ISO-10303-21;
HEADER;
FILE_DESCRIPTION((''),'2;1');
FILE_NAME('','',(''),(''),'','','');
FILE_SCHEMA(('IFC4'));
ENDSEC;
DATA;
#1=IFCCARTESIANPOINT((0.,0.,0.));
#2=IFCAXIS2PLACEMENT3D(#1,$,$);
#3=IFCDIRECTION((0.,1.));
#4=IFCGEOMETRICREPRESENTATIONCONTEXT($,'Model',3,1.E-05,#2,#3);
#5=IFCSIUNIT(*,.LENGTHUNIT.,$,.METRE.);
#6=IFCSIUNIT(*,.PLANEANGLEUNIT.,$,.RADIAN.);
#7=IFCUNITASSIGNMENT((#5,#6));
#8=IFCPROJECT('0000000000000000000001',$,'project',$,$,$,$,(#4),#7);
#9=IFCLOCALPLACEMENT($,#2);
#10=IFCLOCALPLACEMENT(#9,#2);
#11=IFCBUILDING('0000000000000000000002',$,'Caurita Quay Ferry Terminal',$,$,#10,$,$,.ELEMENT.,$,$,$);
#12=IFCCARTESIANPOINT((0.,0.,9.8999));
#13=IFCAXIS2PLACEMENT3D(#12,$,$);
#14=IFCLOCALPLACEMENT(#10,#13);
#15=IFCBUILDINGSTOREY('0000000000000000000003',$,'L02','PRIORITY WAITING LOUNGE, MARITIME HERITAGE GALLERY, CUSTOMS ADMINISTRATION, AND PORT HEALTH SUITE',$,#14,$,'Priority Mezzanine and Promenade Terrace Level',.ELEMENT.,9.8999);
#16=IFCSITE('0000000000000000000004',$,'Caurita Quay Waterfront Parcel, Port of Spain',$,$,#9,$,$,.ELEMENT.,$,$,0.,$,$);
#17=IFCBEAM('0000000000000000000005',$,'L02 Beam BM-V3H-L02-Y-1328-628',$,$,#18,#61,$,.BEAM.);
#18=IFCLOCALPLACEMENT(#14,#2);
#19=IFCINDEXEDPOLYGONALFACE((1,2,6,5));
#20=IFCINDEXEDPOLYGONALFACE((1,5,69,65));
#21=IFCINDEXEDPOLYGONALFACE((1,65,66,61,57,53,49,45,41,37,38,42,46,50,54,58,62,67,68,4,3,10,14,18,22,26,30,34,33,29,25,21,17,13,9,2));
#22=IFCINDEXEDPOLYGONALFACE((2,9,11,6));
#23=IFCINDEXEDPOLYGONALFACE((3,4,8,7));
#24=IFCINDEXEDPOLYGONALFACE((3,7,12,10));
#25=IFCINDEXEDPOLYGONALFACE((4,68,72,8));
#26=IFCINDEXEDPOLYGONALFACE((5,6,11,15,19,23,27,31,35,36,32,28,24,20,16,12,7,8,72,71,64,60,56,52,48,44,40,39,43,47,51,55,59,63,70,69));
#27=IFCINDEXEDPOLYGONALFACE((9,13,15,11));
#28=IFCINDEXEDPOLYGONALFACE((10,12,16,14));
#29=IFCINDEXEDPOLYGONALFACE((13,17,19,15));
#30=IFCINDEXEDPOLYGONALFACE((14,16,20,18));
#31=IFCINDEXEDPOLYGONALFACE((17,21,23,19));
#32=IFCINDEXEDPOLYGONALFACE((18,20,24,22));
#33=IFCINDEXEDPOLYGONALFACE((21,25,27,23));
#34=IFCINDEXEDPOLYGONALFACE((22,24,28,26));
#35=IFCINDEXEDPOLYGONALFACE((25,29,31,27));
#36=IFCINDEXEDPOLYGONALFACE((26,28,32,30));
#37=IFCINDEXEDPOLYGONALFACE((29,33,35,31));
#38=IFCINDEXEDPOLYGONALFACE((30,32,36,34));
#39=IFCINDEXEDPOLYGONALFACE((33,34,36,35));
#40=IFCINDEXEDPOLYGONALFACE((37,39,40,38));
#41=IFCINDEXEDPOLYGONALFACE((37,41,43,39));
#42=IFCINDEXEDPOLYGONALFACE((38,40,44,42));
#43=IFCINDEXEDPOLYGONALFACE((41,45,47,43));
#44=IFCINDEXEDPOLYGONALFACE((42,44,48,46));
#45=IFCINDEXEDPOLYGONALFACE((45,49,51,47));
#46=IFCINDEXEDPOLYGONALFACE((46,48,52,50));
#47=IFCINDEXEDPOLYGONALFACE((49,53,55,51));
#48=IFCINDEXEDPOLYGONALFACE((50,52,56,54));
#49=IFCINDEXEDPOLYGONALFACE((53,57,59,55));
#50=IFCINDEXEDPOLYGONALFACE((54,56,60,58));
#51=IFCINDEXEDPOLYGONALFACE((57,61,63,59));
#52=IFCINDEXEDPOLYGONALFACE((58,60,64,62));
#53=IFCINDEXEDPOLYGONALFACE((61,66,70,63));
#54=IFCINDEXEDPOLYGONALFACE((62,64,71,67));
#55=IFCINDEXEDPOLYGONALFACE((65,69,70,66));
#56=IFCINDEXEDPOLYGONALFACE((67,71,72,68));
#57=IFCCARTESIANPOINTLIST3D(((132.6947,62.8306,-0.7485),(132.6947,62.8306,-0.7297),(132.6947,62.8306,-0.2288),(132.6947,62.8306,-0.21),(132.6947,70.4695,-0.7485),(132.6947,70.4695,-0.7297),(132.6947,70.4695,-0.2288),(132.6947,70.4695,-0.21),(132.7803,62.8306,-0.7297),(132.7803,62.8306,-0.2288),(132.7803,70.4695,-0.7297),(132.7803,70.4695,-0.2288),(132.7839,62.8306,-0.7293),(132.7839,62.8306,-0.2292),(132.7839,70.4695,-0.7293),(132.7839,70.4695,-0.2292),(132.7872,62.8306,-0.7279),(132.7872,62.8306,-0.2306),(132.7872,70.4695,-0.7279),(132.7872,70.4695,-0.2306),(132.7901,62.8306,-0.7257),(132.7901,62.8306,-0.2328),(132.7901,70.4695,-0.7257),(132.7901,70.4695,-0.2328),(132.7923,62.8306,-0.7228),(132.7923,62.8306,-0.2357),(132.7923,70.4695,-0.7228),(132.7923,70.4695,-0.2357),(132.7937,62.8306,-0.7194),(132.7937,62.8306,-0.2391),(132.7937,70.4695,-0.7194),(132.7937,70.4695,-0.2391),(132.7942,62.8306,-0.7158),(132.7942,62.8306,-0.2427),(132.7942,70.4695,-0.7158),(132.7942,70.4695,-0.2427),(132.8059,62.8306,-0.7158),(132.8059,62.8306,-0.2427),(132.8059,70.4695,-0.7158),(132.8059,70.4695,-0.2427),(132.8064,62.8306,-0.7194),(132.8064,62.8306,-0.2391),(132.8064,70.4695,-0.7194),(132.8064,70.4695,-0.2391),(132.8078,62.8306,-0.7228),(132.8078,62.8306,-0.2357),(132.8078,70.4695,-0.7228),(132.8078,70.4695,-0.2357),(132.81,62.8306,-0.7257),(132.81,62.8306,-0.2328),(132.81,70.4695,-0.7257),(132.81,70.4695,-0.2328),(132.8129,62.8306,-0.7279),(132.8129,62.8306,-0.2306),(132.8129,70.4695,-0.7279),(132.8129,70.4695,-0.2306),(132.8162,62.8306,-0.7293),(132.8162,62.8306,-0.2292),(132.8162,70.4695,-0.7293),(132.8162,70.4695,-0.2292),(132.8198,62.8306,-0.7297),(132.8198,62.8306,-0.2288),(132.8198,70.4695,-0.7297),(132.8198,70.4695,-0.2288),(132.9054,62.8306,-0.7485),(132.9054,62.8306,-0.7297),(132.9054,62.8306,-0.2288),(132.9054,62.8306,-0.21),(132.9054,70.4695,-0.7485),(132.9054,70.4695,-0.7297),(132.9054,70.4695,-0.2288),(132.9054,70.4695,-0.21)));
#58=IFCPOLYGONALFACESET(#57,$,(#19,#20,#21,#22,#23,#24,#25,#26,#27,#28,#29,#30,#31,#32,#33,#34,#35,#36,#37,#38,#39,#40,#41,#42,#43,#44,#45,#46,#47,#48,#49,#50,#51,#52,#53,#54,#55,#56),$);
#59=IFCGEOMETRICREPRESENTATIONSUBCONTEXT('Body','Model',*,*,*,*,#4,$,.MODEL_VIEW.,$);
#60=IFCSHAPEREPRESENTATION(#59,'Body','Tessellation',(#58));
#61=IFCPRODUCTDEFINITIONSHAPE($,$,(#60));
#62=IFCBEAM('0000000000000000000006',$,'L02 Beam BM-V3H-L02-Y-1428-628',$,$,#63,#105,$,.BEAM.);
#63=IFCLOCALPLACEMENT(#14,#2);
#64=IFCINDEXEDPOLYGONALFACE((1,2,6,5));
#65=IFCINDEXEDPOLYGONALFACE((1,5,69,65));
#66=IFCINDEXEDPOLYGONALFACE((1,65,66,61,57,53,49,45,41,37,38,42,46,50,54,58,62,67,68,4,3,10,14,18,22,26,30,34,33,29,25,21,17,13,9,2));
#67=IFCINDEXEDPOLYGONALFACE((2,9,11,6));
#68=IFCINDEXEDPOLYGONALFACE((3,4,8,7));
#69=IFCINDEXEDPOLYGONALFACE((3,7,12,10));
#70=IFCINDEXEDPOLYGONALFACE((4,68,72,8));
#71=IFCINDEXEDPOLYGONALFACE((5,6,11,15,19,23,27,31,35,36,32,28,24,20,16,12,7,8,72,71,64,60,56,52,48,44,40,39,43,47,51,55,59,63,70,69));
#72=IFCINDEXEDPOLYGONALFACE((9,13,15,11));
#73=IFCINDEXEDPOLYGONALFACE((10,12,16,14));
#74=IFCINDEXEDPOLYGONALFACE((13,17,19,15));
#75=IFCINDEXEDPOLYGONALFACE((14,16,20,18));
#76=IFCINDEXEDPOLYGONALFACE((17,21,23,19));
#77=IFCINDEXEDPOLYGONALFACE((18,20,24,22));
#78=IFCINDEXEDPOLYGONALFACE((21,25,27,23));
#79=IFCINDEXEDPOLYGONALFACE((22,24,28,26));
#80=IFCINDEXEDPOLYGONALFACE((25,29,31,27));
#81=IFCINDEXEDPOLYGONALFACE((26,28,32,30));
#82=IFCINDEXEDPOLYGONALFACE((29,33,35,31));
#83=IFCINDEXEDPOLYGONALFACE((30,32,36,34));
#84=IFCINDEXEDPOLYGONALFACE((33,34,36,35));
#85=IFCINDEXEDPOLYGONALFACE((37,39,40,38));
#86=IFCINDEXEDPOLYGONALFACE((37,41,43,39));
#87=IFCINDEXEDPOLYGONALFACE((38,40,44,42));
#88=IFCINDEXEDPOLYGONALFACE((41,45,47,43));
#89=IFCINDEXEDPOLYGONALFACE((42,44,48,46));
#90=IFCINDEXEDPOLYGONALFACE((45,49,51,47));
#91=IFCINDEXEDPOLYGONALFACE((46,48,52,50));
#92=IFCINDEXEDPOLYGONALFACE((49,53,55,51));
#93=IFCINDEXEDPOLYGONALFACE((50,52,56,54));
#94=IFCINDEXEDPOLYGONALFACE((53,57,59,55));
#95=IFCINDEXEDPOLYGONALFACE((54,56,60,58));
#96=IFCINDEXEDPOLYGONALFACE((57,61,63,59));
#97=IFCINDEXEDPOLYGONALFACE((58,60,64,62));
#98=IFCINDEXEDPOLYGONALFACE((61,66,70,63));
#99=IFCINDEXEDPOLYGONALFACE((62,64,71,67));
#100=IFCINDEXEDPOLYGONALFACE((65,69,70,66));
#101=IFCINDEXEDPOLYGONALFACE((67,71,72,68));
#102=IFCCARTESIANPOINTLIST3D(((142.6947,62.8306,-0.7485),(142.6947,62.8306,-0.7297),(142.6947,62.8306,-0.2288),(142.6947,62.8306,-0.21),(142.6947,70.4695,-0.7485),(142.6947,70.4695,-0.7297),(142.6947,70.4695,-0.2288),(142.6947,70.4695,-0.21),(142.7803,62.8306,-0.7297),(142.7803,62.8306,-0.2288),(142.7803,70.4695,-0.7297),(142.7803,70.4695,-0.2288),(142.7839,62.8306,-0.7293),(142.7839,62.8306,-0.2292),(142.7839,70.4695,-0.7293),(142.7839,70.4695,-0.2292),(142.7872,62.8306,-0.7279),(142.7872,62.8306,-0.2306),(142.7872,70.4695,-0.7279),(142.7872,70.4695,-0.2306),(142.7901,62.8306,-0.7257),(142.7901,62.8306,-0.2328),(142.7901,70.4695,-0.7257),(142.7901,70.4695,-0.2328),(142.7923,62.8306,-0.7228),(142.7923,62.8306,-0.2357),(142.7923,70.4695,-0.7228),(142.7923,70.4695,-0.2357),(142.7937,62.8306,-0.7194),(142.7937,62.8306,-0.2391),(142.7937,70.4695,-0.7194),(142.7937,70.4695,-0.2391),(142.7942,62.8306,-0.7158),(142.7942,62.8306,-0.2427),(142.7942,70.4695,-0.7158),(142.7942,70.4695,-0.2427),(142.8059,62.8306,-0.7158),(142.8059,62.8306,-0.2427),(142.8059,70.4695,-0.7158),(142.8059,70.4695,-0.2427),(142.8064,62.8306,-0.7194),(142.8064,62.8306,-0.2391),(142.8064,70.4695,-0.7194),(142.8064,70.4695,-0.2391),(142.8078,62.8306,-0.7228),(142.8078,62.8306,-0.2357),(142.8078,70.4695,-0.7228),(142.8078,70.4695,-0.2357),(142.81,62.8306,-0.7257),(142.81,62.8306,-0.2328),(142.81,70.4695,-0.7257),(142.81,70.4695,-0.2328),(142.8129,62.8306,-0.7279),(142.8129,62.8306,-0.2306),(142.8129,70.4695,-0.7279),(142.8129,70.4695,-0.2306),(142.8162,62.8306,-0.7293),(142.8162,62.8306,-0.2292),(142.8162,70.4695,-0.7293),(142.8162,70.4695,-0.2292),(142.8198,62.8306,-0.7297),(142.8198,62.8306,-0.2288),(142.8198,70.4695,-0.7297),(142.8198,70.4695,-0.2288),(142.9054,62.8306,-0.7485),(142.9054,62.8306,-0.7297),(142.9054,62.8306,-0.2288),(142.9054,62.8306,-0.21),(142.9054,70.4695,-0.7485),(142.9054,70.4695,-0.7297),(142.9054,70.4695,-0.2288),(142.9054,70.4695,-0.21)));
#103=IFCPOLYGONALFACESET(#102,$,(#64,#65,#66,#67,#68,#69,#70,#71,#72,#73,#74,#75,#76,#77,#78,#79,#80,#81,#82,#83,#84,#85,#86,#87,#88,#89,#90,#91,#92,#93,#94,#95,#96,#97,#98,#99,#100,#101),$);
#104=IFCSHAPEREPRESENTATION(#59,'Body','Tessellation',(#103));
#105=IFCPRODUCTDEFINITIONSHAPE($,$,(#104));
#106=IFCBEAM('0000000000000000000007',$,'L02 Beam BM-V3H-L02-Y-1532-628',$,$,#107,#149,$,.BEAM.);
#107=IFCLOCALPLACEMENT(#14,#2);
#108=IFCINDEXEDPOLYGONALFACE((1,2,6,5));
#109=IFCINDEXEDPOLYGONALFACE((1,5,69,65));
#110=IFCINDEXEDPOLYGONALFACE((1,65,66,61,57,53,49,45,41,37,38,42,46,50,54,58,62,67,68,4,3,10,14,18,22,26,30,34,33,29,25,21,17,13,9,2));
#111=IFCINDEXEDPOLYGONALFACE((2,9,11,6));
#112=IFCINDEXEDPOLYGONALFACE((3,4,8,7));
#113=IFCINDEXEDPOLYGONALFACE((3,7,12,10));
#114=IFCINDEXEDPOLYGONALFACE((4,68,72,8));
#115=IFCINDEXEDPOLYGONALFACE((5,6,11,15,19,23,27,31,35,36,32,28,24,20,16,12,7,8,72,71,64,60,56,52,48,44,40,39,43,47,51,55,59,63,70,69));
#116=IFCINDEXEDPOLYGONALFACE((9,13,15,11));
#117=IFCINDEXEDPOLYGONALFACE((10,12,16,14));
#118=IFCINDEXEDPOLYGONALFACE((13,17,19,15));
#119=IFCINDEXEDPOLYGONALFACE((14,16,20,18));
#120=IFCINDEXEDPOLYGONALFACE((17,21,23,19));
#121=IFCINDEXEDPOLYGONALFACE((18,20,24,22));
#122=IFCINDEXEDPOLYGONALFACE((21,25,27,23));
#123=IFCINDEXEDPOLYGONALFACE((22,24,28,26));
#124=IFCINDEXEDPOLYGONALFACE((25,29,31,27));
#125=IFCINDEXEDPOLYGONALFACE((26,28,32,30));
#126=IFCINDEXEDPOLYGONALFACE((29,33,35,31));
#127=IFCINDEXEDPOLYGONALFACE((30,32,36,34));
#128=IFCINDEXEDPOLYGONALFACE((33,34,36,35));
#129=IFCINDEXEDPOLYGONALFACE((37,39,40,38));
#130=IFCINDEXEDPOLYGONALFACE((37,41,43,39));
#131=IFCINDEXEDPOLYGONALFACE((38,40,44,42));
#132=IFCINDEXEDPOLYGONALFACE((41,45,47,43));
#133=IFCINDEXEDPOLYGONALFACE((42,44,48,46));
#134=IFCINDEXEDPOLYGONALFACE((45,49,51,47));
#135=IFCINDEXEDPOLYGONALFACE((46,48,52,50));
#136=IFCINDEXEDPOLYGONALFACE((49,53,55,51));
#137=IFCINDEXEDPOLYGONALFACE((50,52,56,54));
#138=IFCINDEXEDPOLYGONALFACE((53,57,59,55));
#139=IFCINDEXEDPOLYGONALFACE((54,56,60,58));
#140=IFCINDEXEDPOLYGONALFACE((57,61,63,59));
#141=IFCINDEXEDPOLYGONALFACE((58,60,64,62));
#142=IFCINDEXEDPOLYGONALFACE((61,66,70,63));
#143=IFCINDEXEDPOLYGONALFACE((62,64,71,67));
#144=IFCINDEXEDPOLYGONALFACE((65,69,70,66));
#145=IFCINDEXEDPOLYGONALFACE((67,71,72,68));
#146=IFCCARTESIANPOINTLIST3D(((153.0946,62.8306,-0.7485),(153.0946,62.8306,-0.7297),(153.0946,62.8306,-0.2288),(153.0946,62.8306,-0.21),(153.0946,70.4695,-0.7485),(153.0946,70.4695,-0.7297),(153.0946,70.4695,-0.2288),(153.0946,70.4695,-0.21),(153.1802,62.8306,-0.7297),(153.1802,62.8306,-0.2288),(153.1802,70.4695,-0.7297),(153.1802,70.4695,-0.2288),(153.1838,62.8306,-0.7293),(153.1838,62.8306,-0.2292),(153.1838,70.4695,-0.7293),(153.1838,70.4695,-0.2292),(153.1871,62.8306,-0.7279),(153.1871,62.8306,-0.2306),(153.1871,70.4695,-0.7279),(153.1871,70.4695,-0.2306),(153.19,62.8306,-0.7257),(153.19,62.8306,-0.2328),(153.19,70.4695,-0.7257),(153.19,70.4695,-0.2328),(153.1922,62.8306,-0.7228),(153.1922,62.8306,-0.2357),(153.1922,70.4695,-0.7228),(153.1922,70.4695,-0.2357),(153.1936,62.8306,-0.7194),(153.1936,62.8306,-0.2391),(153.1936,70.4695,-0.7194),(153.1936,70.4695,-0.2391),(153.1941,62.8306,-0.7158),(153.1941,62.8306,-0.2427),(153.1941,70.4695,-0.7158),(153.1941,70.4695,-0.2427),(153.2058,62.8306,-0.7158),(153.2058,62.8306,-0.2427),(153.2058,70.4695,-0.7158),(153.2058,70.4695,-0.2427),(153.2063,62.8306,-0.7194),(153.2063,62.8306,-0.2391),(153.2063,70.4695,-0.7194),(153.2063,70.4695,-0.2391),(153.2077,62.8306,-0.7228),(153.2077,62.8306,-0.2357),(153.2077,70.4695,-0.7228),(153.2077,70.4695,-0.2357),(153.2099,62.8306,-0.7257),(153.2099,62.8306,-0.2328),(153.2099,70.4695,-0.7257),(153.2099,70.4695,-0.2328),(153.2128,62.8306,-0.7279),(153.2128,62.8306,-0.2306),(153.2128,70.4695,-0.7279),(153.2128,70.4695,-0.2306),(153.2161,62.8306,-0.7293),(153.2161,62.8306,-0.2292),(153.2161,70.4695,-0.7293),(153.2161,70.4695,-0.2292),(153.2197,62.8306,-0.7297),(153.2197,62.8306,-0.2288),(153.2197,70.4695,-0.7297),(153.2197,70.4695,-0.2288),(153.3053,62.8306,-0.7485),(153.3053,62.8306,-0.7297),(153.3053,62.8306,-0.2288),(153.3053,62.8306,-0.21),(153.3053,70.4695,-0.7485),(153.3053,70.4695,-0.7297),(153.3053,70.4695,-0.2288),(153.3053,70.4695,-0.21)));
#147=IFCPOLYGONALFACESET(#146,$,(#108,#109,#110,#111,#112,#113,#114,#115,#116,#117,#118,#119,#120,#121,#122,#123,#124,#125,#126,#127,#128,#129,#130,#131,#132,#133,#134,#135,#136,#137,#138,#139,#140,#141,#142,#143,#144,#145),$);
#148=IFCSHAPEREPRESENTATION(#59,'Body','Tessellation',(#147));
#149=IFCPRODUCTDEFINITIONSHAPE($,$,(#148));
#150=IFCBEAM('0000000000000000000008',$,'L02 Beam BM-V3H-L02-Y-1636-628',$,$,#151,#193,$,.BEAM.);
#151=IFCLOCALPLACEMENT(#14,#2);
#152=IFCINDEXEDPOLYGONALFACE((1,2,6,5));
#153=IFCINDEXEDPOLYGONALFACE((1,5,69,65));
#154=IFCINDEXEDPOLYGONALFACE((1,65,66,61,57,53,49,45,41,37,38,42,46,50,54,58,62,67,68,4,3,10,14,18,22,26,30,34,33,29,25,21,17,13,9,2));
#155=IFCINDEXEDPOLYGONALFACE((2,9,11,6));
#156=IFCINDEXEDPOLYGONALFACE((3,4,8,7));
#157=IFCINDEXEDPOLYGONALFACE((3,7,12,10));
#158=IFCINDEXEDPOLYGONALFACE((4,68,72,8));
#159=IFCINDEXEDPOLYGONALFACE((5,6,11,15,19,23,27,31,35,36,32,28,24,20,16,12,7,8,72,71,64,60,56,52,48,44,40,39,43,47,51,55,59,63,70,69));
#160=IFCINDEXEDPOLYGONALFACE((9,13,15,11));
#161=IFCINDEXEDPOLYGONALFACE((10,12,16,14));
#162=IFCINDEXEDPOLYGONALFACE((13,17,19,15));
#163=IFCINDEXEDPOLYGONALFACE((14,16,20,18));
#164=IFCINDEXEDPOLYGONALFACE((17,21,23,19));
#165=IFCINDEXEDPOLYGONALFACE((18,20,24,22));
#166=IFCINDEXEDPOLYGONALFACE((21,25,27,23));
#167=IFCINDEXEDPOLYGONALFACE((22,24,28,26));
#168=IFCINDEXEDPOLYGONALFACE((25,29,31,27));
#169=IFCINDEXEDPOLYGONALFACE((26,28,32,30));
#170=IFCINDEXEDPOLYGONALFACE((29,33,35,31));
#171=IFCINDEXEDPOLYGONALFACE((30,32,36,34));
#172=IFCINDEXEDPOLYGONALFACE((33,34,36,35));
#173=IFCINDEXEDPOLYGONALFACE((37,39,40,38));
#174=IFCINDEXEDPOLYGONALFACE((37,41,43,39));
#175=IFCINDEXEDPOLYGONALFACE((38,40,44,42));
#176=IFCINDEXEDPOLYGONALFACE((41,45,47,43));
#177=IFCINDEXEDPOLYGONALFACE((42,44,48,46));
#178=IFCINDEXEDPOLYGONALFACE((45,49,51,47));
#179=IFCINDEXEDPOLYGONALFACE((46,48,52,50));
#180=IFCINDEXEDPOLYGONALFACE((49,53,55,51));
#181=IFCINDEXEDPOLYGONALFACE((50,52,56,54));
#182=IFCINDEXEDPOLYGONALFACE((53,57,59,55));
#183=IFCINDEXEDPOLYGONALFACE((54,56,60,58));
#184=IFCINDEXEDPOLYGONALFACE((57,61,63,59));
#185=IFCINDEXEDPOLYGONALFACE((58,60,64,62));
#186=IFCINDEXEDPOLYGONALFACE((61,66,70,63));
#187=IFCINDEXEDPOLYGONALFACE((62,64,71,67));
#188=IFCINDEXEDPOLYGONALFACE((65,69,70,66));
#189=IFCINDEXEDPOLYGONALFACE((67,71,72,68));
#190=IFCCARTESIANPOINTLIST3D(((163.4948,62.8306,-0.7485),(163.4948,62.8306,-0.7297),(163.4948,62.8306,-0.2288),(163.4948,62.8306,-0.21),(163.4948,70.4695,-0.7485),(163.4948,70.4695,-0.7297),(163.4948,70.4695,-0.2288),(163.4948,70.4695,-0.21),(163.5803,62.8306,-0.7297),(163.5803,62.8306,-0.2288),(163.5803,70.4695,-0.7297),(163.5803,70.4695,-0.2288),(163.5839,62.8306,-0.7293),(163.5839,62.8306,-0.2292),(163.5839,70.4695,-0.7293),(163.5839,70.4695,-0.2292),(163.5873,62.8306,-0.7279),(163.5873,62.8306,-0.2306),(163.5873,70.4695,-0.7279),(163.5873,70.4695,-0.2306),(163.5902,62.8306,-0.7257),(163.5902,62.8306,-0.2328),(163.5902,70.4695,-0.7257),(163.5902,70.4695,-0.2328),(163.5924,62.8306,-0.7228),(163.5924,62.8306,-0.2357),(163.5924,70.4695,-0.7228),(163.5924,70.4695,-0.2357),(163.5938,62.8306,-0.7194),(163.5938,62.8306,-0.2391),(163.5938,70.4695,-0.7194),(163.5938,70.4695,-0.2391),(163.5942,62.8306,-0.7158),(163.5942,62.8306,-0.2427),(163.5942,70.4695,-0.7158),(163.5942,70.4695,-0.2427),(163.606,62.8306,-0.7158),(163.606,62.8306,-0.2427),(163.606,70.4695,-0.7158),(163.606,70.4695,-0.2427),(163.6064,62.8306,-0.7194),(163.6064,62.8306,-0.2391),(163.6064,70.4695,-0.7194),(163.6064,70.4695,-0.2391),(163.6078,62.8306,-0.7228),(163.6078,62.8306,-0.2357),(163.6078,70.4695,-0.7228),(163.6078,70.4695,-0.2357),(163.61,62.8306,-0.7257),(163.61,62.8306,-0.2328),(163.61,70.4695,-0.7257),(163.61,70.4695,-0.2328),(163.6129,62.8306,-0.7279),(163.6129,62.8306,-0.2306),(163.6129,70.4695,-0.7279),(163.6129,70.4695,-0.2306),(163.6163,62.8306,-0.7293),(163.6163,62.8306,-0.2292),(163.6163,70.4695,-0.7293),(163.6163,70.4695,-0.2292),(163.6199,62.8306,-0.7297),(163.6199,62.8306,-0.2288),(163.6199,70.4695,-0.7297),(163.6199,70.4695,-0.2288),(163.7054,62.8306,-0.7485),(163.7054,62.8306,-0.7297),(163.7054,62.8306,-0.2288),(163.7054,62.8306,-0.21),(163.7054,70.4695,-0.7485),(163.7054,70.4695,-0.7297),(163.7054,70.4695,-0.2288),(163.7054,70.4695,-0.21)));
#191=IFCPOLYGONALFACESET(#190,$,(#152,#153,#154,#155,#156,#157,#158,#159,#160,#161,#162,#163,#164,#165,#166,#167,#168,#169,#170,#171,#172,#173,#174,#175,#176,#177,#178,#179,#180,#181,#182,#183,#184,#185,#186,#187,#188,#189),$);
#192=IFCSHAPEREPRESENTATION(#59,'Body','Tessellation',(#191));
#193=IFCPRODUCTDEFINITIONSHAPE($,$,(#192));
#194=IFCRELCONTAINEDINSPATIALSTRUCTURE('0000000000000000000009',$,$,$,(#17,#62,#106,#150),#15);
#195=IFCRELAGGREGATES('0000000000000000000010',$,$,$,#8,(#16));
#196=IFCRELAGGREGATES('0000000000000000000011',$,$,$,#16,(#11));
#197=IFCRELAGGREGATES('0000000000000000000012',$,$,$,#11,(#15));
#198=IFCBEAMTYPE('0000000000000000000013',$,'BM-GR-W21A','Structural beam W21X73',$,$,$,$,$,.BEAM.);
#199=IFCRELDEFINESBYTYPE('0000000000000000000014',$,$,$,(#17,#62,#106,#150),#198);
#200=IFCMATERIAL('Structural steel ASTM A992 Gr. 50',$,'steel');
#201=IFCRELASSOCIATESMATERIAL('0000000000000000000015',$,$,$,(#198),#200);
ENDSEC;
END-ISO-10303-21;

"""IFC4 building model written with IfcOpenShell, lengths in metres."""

from ifc_helpers import new_model, si_unit, direction, frame, origin, origin_2d, place, context, subcontext, project, spatial, i_section, extrude, material, material_profile, profile_set, type_object, element, save


model = new_model("IFC4")

# Units and contexts
model_context = context("Model", 3, precision=1e-05, world=origin(), true_north=direction((0.0, 1.0)))
body_context = subcontext(model_context, "Body", "Model", "MODEL_VIEW")
ifc_project = project(units=[si_unit("LENGTHUNIT", "METRE"), si_unit("PLANEANGLEUNIT", "RADIAN")], contexts=[model_context])

# Site, building, storey
site_placement = place(None, origin())
site = spatial("IfcSite", under=ifc_project, at=site_placement, Name="Caurita Quay Waterfront Parcel, Port of Spain", CompositionType="ELEMENT", RefElevation=0.0)
building_placement = place(site_placement, origin())
building = spatial("IfcBuilding", under=site, at=building_placement, Name="Caurita Quay Ferry Terminal", CompositionType="ELEMENT")
storey_placement = place(building_placement, frame((0.0, 0.0, 9.8999)))
storey = spatial("IfcBuildingStorey", under=building, at=storey_placement, Name="L02", Description="PRIORITY WAITING LOUNGE, MARITIME HERITAGE GALLERY, CUSTOMS ADMINISTRATION, AND PORT HEALTH SUITE", LongName="Priority Mezzanine and Promenade Terrace Level", CompositionType="ELEMENT", Elevation=9.8999)

# Beams
ifc_material_1 = material(Name="Structural steel ASTM A992 Gr. 50", Category="steel")
ifc_material_profile_1 = material_profile(ifc_material_1, i_section(OverallWidth=0.2107, OverallDepth=0.5386, WebThickness=0.0117, FlangeThickness=0.0188, FilletRadius=0.0139, at=origin_2d()), Name="W21X73")
ifc_profile_set_1 = profile_set([ifc_material_profile_1], Name="Structural steel ASTM A992 Gr. 50")
beam_type_1 = type_object("IfcBeamType", Name="BM-GR-W21A", Description="Structural beam W21X73", PredefinedType="BEAM", material=ifc_profile_set_1)
for number, where, z_axis, x_axis, name in (
    (1, (132.8, 62.8306, -0.4792), (0.0, 1.0, 0.0), (-1.0, 0.0, 0.0), "L02 Beam BM-V3H-L02-Y-1328-628"),
    (2, (142.8, 62.8306, -0.4792), (0.0, 1.0, 0.0), (-1.0, 0.0, 0.0), "L02 Beam BM-V3H-L02-Y-1428-628"),
    (3, (153.2, 62.8306, -0.4792), (0.0, 1.0, 0.0), (-1.0, 0.0, 0.0), "L02 Beam BM-V3H-L02-Y-1532-628"),
    (4, (163.6001, 62.8306, -0.4792), (0.0, 1.0, 0.0), (-1.0, 0.0, 0.0), "L02 Beam BM-V3H-L02-Y-1636-628"),
):
    element("IfcBeam", number, at=place(storey_placement, frame(where, z_axis=z_axis, x_axis=x_axis)), inside=storey, type_object=beam_type_1, Name=name, PredefinedType="BEAM", context=body_context, shape_type="SweptSolid", body=[
        extrude(i_section(OverallWidth=0.2107, OverallDepth=0.5386, WebThickness=0.0117, FlangeThickness=0.0188, FilletRadius=0.0139, at=origin_2d()), origin(), (0.0, 0.0, 1.0), 7.6389),
    ])

save(model, "model.ifc")
